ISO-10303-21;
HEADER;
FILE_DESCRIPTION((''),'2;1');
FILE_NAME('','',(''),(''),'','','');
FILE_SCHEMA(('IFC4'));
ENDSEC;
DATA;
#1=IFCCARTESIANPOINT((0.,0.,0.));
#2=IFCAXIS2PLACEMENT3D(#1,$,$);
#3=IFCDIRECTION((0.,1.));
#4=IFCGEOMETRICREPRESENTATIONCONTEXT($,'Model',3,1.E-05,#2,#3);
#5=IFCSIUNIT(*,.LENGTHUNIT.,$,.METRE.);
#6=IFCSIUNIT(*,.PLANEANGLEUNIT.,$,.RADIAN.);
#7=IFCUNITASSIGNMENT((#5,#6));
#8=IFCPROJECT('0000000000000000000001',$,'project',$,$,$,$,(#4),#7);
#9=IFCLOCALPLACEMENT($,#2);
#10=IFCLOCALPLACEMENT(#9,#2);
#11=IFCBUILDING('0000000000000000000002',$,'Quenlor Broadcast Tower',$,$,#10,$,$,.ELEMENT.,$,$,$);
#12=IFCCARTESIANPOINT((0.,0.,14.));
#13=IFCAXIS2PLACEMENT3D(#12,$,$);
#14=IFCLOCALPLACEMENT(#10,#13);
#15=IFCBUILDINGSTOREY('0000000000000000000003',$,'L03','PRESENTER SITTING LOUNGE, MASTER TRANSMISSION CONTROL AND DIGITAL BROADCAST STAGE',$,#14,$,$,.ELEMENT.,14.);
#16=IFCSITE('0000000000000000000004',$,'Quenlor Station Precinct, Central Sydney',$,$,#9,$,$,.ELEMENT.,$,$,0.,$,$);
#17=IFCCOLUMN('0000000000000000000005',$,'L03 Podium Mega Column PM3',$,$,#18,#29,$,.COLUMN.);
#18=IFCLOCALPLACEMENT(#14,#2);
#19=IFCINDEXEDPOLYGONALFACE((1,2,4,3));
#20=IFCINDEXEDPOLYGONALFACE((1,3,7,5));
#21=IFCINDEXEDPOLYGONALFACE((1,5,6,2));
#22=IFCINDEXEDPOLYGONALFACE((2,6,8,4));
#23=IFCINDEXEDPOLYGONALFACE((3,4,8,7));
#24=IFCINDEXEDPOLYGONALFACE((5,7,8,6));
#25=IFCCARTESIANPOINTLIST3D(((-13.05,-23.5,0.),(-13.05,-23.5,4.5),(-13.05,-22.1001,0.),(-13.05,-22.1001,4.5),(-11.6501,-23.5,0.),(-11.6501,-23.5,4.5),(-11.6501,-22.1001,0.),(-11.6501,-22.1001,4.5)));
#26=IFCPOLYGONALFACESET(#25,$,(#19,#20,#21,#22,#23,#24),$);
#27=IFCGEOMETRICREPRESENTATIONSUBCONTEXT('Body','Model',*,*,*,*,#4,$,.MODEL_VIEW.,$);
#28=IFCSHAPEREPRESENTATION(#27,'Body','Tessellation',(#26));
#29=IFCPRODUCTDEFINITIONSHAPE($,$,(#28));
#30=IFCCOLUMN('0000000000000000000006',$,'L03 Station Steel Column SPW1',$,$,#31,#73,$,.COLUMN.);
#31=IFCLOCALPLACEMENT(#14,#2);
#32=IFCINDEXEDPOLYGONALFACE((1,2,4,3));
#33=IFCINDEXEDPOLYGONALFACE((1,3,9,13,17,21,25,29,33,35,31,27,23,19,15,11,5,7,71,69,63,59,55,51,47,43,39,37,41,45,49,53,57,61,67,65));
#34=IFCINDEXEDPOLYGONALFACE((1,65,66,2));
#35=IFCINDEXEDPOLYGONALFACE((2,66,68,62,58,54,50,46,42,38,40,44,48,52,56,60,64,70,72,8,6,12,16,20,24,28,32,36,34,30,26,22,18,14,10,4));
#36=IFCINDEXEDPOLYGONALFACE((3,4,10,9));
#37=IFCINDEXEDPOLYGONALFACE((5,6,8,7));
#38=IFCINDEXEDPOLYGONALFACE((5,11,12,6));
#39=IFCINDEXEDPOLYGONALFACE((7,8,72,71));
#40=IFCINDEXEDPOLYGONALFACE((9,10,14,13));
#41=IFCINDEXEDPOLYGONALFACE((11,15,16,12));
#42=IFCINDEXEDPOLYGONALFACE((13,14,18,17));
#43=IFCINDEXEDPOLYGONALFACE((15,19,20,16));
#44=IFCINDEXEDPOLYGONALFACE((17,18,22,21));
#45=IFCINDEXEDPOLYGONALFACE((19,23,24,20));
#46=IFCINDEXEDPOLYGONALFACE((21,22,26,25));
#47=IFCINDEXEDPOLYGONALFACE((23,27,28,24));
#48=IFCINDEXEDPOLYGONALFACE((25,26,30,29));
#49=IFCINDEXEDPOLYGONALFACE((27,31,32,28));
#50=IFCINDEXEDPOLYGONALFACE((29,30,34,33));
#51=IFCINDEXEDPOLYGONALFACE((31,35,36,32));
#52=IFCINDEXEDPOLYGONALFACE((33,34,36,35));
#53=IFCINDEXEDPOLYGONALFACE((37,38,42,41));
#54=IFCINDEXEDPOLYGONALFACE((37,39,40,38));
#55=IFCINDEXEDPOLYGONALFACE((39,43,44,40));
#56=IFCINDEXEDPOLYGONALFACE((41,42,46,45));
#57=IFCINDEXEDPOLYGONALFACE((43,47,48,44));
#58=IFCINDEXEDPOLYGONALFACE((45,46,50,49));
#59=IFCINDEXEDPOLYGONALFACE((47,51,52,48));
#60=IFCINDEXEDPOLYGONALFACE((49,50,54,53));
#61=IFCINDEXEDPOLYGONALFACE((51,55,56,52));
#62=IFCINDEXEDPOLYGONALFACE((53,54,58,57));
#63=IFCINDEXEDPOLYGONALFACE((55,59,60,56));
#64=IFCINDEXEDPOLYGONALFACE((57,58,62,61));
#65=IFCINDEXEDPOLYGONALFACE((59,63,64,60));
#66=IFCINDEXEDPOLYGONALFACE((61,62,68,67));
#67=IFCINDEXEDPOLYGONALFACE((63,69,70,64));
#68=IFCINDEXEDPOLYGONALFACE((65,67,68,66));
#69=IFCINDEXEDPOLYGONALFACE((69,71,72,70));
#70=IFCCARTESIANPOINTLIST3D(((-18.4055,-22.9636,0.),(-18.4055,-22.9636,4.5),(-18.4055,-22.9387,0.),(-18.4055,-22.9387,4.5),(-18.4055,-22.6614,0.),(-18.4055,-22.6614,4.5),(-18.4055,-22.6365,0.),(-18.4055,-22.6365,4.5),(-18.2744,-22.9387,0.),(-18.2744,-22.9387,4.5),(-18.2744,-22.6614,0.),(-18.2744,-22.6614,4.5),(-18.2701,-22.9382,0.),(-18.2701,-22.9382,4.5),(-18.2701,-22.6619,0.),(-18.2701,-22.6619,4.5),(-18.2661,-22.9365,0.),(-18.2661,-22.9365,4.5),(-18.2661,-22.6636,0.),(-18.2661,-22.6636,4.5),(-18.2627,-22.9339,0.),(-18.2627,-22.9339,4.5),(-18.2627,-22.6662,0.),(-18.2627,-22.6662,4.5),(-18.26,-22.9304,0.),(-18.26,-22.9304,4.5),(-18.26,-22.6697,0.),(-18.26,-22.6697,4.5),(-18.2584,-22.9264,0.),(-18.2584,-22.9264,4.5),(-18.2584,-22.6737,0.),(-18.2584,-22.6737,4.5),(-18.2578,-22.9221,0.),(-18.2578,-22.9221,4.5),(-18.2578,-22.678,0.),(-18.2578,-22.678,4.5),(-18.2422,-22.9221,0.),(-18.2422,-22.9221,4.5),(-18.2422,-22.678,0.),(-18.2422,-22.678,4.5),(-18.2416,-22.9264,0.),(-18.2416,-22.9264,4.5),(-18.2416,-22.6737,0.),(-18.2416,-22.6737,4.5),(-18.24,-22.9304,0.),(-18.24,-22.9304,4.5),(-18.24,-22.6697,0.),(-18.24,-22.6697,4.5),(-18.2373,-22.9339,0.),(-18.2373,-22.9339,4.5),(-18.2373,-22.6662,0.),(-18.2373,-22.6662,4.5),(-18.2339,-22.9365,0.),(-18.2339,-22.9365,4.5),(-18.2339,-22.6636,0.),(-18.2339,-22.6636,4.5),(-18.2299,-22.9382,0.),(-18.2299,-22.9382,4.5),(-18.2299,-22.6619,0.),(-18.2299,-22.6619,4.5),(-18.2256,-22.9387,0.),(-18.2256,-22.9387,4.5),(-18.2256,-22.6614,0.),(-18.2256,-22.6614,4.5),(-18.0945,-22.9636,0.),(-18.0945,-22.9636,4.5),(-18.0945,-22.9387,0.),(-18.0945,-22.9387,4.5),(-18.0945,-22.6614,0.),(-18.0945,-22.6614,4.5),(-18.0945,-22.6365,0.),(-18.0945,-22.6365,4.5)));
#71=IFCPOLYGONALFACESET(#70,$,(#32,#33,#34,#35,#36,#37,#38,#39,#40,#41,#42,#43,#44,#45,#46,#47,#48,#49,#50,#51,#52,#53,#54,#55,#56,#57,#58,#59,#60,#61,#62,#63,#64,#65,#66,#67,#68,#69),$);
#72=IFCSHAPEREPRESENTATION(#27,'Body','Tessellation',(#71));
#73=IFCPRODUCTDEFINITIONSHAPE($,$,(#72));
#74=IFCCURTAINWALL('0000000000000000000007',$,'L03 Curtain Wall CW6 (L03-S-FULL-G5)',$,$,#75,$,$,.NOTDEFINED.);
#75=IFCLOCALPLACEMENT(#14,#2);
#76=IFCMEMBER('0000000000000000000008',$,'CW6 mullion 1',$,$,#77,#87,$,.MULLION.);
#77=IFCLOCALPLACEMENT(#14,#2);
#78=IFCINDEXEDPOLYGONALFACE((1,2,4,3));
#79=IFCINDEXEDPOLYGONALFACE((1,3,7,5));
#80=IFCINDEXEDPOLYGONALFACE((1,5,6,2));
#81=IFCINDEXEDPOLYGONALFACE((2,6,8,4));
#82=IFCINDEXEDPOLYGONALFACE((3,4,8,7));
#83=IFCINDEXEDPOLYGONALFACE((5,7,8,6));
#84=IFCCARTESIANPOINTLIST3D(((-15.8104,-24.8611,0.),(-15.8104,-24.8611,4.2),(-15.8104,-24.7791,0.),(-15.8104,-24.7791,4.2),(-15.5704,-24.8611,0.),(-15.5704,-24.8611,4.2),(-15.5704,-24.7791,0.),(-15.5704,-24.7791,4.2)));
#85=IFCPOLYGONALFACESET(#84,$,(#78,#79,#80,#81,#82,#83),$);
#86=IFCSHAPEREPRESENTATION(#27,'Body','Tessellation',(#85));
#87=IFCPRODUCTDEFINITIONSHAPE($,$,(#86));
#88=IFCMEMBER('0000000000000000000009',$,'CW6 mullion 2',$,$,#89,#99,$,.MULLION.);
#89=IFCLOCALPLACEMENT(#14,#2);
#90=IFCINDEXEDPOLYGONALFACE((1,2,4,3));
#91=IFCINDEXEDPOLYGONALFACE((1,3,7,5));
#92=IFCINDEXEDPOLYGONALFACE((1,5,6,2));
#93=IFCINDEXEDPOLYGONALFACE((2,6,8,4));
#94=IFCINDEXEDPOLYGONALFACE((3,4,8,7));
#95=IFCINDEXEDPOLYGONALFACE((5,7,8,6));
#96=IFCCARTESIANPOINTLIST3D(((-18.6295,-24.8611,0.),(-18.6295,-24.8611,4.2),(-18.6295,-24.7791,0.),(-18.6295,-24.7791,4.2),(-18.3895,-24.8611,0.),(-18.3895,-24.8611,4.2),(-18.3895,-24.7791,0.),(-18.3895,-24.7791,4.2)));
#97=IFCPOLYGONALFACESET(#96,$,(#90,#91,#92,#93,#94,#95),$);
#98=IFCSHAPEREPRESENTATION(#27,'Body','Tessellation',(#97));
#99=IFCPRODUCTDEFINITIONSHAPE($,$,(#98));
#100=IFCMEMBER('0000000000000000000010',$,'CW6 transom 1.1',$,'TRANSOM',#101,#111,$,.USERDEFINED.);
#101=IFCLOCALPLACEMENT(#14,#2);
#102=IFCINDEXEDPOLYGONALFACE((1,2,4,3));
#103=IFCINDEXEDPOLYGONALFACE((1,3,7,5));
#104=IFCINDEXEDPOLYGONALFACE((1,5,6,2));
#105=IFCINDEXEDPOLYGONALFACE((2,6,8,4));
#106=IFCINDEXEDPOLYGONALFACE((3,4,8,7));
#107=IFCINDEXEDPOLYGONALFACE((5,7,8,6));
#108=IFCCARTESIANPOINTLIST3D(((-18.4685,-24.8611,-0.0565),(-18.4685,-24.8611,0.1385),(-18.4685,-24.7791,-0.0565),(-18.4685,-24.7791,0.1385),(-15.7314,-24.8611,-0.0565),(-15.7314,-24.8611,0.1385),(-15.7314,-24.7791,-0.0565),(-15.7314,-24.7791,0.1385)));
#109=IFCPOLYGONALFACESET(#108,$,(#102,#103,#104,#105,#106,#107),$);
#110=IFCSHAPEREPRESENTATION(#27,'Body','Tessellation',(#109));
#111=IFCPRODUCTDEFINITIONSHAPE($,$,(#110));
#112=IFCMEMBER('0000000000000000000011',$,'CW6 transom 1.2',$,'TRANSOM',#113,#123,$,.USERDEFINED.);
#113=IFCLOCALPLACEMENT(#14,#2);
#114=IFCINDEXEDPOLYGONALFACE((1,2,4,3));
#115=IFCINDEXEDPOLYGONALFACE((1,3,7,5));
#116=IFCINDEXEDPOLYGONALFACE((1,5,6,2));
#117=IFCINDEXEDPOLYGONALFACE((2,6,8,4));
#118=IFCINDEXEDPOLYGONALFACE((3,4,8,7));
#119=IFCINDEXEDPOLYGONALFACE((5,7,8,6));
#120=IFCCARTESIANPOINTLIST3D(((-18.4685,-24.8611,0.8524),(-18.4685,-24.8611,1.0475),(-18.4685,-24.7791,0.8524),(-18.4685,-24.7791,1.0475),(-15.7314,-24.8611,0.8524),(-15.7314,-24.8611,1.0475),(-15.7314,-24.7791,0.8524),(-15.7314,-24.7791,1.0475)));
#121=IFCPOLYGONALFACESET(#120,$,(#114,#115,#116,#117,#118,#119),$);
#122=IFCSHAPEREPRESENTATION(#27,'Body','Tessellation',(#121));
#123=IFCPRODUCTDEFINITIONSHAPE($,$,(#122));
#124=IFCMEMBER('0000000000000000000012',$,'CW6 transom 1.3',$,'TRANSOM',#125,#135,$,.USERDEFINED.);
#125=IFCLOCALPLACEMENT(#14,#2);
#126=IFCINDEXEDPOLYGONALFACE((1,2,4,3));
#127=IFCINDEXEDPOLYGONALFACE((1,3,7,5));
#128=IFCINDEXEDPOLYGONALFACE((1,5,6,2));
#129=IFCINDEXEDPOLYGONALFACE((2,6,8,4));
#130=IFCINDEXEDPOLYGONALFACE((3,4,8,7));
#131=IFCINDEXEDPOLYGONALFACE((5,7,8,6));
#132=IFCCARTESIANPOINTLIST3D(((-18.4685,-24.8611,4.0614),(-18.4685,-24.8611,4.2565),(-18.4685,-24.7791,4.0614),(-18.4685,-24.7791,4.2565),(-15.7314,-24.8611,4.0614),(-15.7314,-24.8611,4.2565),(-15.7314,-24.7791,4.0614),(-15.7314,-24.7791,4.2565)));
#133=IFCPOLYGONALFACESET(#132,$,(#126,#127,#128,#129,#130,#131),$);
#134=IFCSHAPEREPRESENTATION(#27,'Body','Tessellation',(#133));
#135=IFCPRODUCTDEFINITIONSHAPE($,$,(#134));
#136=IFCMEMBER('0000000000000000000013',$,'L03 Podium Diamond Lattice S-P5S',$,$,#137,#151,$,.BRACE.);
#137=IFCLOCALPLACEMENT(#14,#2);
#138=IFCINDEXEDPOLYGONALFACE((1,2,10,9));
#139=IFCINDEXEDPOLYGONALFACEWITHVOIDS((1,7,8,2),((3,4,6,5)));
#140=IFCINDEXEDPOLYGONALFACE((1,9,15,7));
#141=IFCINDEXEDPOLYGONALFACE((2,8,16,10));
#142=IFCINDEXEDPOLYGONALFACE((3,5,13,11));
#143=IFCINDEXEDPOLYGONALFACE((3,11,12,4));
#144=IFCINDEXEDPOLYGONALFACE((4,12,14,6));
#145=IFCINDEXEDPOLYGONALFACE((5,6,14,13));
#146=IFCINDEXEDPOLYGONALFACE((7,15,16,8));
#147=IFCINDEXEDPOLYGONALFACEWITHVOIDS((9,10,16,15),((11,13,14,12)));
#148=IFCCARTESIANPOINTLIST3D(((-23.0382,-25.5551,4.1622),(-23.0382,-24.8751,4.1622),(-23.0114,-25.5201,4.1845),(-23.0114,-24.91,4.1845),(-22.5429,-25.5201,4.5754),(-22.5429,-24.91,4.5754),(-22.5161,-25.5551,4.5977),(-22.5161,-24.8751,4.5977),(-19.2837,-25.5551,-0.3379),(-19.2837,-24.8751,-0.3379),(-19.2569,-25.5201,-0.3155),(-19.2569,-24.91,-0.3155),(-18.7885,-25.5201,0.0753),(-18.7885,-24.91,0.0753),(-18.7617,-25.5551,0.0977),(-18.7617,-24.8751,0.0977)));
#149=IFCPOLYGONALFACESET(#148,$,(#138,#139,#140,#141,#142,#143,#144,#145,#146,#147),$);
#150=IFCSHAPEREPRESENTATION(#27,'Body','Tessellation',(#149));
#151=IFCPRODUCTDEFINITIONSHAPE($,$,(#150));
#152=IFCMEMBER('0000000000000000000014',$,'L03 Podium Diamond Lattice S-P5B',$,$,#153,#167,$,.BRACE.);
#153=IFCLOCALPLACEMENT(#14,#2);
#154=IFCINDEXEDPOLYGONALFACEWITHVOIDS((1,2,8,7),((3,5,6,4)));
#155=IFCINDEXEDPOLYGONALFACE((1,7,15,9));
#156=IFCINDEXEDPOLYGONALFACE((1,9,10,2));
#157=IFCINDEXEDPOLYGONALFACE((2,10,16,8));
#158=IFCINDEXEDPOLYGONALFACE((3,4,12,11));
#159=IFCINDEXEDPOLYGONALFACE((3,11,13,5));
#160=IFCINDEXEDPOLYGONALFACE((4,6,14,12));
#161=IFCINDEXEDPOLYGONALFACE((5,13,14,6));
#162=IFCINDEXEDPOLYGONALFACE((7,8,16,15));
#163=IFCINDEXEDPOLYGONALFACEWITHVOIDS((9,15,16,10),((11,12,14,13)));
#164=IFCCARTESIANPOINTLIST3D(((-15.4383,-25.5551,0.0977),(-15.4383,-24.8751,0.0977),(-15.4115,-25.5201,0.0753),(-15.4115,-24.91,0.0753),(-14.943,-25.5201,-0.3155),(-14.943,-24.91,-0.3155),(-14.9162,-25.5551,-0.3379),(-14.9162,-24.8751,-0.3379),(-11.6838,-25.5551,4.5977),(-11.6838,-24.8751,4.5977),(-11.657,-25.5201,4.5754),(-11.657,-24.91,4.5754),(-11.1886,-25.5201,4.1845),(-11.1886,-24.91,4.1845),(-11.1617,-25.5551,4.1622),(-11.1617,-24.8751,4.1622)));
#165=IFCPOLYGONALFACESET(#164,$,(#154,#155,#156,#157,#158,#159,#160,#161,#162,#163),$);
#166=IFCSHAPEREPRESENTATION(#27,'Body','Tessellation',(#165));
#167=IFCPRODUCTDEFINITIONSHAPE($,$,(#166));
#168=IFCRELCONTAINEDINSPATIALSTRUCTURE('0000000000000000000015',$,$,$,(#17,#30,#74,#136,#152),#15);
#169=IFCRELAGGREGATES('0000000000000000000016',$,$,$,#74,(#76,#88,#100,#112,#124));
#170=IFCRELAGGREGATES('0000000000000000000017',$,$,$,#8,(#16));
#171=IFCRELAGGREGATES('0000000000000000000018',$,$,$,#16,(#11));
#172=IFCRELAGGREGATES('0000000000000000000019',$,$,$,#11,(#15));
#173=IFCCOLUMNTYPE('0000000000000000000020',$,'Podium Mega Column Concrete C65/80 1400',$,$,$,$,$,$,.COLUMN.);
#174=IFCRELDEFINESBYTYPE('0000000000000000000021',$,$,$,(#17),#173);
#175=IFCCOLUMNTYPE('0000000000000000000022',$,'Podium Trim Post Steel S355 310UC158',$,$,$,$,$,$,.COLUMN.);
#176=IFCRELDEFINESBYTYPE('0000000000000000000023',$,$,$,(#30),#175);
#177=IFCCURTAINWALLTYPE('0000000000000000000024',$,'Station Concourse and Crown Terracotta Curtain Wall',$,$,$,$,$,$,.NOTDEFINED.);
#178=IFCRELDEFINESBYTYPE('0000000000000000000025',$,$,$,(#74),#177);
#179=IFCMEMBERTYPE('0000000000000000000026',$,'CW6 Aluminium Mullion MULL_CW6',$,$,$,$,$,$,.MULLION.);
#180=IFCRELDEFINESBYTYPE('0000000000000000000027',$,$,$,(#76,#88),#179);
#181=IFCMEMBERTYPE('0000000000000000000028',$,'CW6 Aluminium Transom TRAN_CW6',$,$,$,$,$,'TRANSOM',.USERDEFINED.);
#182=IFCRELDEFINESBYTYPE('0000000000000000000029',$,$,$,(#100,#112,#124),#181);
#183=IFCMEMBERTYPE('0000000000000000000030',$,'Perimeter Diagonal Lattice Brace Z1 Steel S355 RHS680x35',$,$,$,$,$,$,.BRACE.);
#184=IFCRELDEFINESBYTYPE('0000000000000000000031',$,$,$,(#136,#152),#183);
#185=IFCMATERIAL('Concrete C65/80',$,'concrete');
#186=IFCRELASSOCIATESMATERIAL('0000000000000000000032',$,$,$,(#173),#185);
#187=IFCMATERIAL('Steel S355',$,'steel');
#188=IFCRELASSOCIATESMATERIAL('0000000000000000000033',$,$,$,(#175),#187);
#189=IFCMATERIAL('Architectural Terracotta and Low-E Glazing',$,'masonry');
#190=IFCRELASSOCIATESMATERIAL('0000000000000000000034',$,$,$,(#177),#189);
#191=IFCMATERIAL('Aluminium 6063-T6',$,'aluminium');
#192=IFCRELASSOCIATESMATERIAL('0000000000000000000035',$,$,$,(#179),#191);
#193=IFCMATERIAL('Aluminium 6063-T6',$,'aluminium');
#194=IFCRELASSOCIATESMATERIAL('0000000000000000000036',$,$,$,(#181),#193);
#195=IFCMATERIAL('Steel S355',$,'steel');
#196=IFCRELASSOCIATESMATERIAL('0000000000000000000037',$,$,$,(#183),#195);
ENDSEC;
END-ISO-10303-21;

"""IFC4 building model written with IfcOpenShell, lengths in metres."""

from ifc_helpers import new_model, si_unit, direction, frame, origin, origin_2d, place, context, subcontext, project, spatial, rectangle, hollow_rectangle, i_section, extrude, material, material_profile, profile_set, type_object, element, aggregate, save


model = new_model("IFC4")

# Units and contexts
model_context = context("Model", 3, precision=1e-05, world=origin(), true_north=direction((0.0, 1.0)))
body_context = subcontext(model_context, "Body", "Model", "MODEL_VIEW")
ifc_project = project(units=[si_unit("LENGTHUNIT", "METRE"), si_unit("PLANEANGLEUNIT", "RADIAN")], contexts=[model_context])

# Site, building, storey
site_placement = place(None, origin())
site = spatial("IfcSite", under=ifc_project, at=site_placement, Name="Quenlor Station Precinct, Central Sydney", CompositionType="ELEMENT", RefElevation=0.0)
building_placement = place(site_placement, origin())
building = spatial("IfcBuilding", under=site, at=building_placement, Name="Quenlor Broadcast Tower", CompositionType="ELEMENT")
storey_placement = place(building_placement, frame((0.0, 0.0, 14.0)))
storey = spatial("IfcBuildingStorey", under=building, at=storey_placement, Name="L03", Description="PRESENTER SITTING LOUNGE, MASTER TRANSMISSION CONTROL AND DIGITAL BROADCAST STAGE", CompositionType="ELEMENT", Elevation=14.0)

# Columns
ifc_material_1 = material(Name="Concrete C65/80", Category="concrete")
ifc_material_profile_1 = material_profile(ifc_material_1, rectangle(XDim=1.3999, YDim=1.3999, at=origin_2d()))
ifc_profile_set_1 = profile_set([ifc_material_profile_1], Name="Concrete C65/80 RC1400x1400")
column_type_1 = type_object("IfcColumnType", Name="Podium Mega Column Concrete C65/80 1400", PredefinedType="COLUMN", material=ifc_profile_set_1)
column_1_placement = place(storey_placement, frame((-12.3501, -22.8, 0.0), z_axis=(0.0, 0.0, 1.0), x_axis=(1.0, 0.0, 0.0)))
element("IfcColumn", 1, at=column_1_placement, inside=storey, type_object=column_type_1, Name="L03 Podium Mega Column PM3", PredefinedType="COLUMN", context=body_context, shape_type="SweptSolid", body=[
    extrude(rectangle(XDim=1.3999, YDim=1.3999, at=origin_2d()), origin(), (0.0, 0.0, 1.0), 4.5),
])
ifc_material_2 = material(Name="Steel S355", Category="steel")
ifc_material_profile_2 = material_profile(ifc_material_2, i_section(OverallWidth=0.311, OverallDepth=0.3271, WebThickness=0.0156, FlangeThickness=0.0249, FilletRadius=0.0166, at=origin_2d()))
ifc_profile_set_2 = profile_set([ifc_material_profile_2], Name="Steel S355 310UC158")
column_type_2 = type_object("IfcColumnType", Name="Podium Trim Post Steel S355 310UC158", PredefinedType="COLUMN", material=ifc_profile_set_2)
column_2_placement = place(storey_placement, frame((-18.25, -22.8, 0.0), z_axis=(0.0, 0.0, 1.0), x_axis=(1.0, 0.0, 0.0)))
element("IfcColumn", 2, at=column_2_placement, inside=storey, type_object=column_type_2, Name="L03 Station Steel Column SPW1", PredefinedType="COLUMN", context=body_context, shape_type="SweptSolid", body=[
    extrude(i_section(OverallWidth=0.311, OverallDepth=0.3271, WebThickness=0.0156, FlangeThickness=0.0249, FilletRadius=0.0166, at=origin_2d()), origin(), (0.0, 0.0, 1.0), 4.5),
])

# Curtain wall, members
ifc_material_3 = material(Name="Architectural Terracotta and Low-E Glazing", Category="masonry")
curtain_wall_type = type_object("IfcCurtainWallType", Name="Station Concourse and Crown Terracotta Curtain Wall", PredefinedType="NOTDEFINED", material=ifc_material_3)
curtain_wall_placement = place(storey_placement, origin())
curtain_wall = element("IfcCurtainWall", 3, at=curtain_wall_placement, inside=storey, type_object=curtain_wall_type, Name="L03 Curtain Wall CW6 (L03-S-FULL-G5)", PredefinedType="NOTDEFINED")
ifc_material_4 = material(Name="Aluminium 6063-T6", Category="aluminium")
ifc_material_profile_3 = material_profile(ifc_material_4, rectangle(XDim=0.082, YDim=0.24, at=origin_2d()))
ifc_profile_set_3 = profile_set([ifc_material_profile_3], Name="Aluminium 6063-T6 MULL82x240")
member_type_1 = type_object("IfcMemberType", Name="CW6 Aluminium Mullion MULL_CW6", PredefinedType="MULLION", material=ifc_profile_set_3)
member_1_placement = place(storey_placement, frame((-15.6904, -24.8201, 0.0), z_axis=(0.0, 0.0, 1.0), x_axis=(0.0, -1.0, 0.0)))
member_1 = element("IfcMember", 4, at=member_1_placement, type_object=member_type_1, Name="CW6 mullion 1", PredefinedType="MULLION", context=body_context, shape_type="SweptSolid", body=[
    extrude(rectangle(XDim=0.082, YDim=0.24, at=origin_2d()), origin(), (0.0, 0.0, 1.0), 4.2),
])
member_2_placement = place(storey_placement, frame((-18.5095, -24.8201, 0.0), z_axis=(0.0, 0.0, 1.0), x_axis=(0.0, -1.0, 0.0)))
member_2 = element("IfcMember", 5, at=member_2_placement, type_object=member_type_1, Name="CW6 mullion 2", PredefinedType="MULLION", context=body_context, shape_type="SweptSolid", body=[
    extrude(rectangle(XDim=0.082, YDim=0.24, at=origin_2d()), origin(), (0.0, 0.0, 1.0), 4.2),
])
ifc_material_5 = material(Name="Aluminium 6063-T6", Category="aluminium")
ifc_material_profile_4 = material_profile(ifc_material_5, rectangle(XDim=0.082, YDim=0.1951, at=origin_2d()))
ifc_profile_set_4 = profile_set([ifc_material_profile_4], Name="Aluminium 6063-T6 TRAN82x195")
member_type_2 = type_object("IfcMemberType", Name="CW6 Aluminium Transom TRAN_CW6", ElementType="TRANSOM", PredefinedType="USERDEFINED", material=ifc_profile_set_4)
member_3_placement = place(storey_placement, frame((-15.7314, -24.8201, 0.041), z_axis=(-1.0, 0.0, 0.0), x_axis=(0.0, -1.0, 0.0)))
member_3 = element("IfcMember", 6, at=member_3_placement, type_object=member_type_2, Name="CW6 transom 1.1", ObjectType="TRANSOM", PredefinedType="USERDEFINED", context=body_context, shape_type="SweptSolid", body=[
    extrude(rectangle(XDim=0.082, YDim=0.1951, at=origin_2d()), origin(), (0.0, 0.0, 1.0), 2.7371),
])
member_4_placement = place(storey_placement, frame((-15.7314, -24.8201, 0.95), z_axis=(-1.0, 0.0, 0.0), x_axis=(0.0, -1.0, 0.0)))
member_4 = element("IfcMember", 7, at=member_4_placement, type_object=member_type_2, Name="CW6 transom 1.2", ObjectType="TRANSOM", PredefinedType="USERDEFINED", context=body_context, shape_type="SweptSolid", body=[
    extrude(rectangle(XDim=0.082, YDim=0.1951, at=origin_2d()), origin(), (0.0, 0.0, 1.0), 2.7371),
])
member_5_placement = place(storey_placement, frame((-15.7314, -24.8201, 4.1589), z_axis=(-1.0, 0.0, 0.0), x_axis=(0.0, -1.0, 0.0)))
member_5 = element("IfcMember", 8, at=member_5_placement, type_object=member_type_2, Name="CW6 transom 1.3", ObjectType="TRANSOM", PredefinedType="USERDEFINED", context=body_context, shape_type="SweptSolid", body=[
    extrude(rectangle(XDim=0.082, YDim=0.1951, at=origin_2d()), origin(), (0.0, 0.0, 1.0), 2.7371),
])

# Members
ifc_material_6 = material(Name="Steel S355", Category="steel")
ifc_material_profile_5 = material_profile(ifc_material_6, hollow_rectangle(XDim=0.6799, YDim=0.6799, WallThickness=0.0349, at=origin_2d()))
ifc_profile_set_5 = profile_set([ifc_material_profile_5], Name="Steel S355 RHS680x680x35")
member_type_3 = type_object("IfcMemberType", Name="Perimeter Diagonal Lattice Brace Z1 Steel S355 RHS680x35", PredefinedType="BRACE", material=ifc_profile_set_5)
for number, where, z_axis, x_axis, name in (
    (9, (-19.0227, -25.2151, -0.1201), (-0.640627, 0.0, 0.767852), (0.0, -1.0, 0.0), "L03 Podium Diamond Lattice S-P5S"),
    (10, (-15.1772, -25.2151, -0.1201), (0.640627, 0.0, 0.767852), (0.0, 1.0, 0.0), "L03 Podium Diamond Lattice S-P5B"),
):
    element("IfcMember", number, at=place(storey_placement, frame(where, z_axis=z_axis, x_axis=x_axis)), inside=storey, type_object=member_type_3, Name=name, PredefinedType="BRACE", context=body_context, shape_type="SweptSolid", body=[
        extrude(hollow_rectangle(XDim=0.6799, YDim=0.6799, WallThickness=0.0349, at=origin_2d()), origin(), (0.0, 0.0, 1.0), 5.8606),
    ])

aggregate(curtain_wall, [member_1, member_2, member_3, member_4, member_5])

save(model, "model.ifc")
